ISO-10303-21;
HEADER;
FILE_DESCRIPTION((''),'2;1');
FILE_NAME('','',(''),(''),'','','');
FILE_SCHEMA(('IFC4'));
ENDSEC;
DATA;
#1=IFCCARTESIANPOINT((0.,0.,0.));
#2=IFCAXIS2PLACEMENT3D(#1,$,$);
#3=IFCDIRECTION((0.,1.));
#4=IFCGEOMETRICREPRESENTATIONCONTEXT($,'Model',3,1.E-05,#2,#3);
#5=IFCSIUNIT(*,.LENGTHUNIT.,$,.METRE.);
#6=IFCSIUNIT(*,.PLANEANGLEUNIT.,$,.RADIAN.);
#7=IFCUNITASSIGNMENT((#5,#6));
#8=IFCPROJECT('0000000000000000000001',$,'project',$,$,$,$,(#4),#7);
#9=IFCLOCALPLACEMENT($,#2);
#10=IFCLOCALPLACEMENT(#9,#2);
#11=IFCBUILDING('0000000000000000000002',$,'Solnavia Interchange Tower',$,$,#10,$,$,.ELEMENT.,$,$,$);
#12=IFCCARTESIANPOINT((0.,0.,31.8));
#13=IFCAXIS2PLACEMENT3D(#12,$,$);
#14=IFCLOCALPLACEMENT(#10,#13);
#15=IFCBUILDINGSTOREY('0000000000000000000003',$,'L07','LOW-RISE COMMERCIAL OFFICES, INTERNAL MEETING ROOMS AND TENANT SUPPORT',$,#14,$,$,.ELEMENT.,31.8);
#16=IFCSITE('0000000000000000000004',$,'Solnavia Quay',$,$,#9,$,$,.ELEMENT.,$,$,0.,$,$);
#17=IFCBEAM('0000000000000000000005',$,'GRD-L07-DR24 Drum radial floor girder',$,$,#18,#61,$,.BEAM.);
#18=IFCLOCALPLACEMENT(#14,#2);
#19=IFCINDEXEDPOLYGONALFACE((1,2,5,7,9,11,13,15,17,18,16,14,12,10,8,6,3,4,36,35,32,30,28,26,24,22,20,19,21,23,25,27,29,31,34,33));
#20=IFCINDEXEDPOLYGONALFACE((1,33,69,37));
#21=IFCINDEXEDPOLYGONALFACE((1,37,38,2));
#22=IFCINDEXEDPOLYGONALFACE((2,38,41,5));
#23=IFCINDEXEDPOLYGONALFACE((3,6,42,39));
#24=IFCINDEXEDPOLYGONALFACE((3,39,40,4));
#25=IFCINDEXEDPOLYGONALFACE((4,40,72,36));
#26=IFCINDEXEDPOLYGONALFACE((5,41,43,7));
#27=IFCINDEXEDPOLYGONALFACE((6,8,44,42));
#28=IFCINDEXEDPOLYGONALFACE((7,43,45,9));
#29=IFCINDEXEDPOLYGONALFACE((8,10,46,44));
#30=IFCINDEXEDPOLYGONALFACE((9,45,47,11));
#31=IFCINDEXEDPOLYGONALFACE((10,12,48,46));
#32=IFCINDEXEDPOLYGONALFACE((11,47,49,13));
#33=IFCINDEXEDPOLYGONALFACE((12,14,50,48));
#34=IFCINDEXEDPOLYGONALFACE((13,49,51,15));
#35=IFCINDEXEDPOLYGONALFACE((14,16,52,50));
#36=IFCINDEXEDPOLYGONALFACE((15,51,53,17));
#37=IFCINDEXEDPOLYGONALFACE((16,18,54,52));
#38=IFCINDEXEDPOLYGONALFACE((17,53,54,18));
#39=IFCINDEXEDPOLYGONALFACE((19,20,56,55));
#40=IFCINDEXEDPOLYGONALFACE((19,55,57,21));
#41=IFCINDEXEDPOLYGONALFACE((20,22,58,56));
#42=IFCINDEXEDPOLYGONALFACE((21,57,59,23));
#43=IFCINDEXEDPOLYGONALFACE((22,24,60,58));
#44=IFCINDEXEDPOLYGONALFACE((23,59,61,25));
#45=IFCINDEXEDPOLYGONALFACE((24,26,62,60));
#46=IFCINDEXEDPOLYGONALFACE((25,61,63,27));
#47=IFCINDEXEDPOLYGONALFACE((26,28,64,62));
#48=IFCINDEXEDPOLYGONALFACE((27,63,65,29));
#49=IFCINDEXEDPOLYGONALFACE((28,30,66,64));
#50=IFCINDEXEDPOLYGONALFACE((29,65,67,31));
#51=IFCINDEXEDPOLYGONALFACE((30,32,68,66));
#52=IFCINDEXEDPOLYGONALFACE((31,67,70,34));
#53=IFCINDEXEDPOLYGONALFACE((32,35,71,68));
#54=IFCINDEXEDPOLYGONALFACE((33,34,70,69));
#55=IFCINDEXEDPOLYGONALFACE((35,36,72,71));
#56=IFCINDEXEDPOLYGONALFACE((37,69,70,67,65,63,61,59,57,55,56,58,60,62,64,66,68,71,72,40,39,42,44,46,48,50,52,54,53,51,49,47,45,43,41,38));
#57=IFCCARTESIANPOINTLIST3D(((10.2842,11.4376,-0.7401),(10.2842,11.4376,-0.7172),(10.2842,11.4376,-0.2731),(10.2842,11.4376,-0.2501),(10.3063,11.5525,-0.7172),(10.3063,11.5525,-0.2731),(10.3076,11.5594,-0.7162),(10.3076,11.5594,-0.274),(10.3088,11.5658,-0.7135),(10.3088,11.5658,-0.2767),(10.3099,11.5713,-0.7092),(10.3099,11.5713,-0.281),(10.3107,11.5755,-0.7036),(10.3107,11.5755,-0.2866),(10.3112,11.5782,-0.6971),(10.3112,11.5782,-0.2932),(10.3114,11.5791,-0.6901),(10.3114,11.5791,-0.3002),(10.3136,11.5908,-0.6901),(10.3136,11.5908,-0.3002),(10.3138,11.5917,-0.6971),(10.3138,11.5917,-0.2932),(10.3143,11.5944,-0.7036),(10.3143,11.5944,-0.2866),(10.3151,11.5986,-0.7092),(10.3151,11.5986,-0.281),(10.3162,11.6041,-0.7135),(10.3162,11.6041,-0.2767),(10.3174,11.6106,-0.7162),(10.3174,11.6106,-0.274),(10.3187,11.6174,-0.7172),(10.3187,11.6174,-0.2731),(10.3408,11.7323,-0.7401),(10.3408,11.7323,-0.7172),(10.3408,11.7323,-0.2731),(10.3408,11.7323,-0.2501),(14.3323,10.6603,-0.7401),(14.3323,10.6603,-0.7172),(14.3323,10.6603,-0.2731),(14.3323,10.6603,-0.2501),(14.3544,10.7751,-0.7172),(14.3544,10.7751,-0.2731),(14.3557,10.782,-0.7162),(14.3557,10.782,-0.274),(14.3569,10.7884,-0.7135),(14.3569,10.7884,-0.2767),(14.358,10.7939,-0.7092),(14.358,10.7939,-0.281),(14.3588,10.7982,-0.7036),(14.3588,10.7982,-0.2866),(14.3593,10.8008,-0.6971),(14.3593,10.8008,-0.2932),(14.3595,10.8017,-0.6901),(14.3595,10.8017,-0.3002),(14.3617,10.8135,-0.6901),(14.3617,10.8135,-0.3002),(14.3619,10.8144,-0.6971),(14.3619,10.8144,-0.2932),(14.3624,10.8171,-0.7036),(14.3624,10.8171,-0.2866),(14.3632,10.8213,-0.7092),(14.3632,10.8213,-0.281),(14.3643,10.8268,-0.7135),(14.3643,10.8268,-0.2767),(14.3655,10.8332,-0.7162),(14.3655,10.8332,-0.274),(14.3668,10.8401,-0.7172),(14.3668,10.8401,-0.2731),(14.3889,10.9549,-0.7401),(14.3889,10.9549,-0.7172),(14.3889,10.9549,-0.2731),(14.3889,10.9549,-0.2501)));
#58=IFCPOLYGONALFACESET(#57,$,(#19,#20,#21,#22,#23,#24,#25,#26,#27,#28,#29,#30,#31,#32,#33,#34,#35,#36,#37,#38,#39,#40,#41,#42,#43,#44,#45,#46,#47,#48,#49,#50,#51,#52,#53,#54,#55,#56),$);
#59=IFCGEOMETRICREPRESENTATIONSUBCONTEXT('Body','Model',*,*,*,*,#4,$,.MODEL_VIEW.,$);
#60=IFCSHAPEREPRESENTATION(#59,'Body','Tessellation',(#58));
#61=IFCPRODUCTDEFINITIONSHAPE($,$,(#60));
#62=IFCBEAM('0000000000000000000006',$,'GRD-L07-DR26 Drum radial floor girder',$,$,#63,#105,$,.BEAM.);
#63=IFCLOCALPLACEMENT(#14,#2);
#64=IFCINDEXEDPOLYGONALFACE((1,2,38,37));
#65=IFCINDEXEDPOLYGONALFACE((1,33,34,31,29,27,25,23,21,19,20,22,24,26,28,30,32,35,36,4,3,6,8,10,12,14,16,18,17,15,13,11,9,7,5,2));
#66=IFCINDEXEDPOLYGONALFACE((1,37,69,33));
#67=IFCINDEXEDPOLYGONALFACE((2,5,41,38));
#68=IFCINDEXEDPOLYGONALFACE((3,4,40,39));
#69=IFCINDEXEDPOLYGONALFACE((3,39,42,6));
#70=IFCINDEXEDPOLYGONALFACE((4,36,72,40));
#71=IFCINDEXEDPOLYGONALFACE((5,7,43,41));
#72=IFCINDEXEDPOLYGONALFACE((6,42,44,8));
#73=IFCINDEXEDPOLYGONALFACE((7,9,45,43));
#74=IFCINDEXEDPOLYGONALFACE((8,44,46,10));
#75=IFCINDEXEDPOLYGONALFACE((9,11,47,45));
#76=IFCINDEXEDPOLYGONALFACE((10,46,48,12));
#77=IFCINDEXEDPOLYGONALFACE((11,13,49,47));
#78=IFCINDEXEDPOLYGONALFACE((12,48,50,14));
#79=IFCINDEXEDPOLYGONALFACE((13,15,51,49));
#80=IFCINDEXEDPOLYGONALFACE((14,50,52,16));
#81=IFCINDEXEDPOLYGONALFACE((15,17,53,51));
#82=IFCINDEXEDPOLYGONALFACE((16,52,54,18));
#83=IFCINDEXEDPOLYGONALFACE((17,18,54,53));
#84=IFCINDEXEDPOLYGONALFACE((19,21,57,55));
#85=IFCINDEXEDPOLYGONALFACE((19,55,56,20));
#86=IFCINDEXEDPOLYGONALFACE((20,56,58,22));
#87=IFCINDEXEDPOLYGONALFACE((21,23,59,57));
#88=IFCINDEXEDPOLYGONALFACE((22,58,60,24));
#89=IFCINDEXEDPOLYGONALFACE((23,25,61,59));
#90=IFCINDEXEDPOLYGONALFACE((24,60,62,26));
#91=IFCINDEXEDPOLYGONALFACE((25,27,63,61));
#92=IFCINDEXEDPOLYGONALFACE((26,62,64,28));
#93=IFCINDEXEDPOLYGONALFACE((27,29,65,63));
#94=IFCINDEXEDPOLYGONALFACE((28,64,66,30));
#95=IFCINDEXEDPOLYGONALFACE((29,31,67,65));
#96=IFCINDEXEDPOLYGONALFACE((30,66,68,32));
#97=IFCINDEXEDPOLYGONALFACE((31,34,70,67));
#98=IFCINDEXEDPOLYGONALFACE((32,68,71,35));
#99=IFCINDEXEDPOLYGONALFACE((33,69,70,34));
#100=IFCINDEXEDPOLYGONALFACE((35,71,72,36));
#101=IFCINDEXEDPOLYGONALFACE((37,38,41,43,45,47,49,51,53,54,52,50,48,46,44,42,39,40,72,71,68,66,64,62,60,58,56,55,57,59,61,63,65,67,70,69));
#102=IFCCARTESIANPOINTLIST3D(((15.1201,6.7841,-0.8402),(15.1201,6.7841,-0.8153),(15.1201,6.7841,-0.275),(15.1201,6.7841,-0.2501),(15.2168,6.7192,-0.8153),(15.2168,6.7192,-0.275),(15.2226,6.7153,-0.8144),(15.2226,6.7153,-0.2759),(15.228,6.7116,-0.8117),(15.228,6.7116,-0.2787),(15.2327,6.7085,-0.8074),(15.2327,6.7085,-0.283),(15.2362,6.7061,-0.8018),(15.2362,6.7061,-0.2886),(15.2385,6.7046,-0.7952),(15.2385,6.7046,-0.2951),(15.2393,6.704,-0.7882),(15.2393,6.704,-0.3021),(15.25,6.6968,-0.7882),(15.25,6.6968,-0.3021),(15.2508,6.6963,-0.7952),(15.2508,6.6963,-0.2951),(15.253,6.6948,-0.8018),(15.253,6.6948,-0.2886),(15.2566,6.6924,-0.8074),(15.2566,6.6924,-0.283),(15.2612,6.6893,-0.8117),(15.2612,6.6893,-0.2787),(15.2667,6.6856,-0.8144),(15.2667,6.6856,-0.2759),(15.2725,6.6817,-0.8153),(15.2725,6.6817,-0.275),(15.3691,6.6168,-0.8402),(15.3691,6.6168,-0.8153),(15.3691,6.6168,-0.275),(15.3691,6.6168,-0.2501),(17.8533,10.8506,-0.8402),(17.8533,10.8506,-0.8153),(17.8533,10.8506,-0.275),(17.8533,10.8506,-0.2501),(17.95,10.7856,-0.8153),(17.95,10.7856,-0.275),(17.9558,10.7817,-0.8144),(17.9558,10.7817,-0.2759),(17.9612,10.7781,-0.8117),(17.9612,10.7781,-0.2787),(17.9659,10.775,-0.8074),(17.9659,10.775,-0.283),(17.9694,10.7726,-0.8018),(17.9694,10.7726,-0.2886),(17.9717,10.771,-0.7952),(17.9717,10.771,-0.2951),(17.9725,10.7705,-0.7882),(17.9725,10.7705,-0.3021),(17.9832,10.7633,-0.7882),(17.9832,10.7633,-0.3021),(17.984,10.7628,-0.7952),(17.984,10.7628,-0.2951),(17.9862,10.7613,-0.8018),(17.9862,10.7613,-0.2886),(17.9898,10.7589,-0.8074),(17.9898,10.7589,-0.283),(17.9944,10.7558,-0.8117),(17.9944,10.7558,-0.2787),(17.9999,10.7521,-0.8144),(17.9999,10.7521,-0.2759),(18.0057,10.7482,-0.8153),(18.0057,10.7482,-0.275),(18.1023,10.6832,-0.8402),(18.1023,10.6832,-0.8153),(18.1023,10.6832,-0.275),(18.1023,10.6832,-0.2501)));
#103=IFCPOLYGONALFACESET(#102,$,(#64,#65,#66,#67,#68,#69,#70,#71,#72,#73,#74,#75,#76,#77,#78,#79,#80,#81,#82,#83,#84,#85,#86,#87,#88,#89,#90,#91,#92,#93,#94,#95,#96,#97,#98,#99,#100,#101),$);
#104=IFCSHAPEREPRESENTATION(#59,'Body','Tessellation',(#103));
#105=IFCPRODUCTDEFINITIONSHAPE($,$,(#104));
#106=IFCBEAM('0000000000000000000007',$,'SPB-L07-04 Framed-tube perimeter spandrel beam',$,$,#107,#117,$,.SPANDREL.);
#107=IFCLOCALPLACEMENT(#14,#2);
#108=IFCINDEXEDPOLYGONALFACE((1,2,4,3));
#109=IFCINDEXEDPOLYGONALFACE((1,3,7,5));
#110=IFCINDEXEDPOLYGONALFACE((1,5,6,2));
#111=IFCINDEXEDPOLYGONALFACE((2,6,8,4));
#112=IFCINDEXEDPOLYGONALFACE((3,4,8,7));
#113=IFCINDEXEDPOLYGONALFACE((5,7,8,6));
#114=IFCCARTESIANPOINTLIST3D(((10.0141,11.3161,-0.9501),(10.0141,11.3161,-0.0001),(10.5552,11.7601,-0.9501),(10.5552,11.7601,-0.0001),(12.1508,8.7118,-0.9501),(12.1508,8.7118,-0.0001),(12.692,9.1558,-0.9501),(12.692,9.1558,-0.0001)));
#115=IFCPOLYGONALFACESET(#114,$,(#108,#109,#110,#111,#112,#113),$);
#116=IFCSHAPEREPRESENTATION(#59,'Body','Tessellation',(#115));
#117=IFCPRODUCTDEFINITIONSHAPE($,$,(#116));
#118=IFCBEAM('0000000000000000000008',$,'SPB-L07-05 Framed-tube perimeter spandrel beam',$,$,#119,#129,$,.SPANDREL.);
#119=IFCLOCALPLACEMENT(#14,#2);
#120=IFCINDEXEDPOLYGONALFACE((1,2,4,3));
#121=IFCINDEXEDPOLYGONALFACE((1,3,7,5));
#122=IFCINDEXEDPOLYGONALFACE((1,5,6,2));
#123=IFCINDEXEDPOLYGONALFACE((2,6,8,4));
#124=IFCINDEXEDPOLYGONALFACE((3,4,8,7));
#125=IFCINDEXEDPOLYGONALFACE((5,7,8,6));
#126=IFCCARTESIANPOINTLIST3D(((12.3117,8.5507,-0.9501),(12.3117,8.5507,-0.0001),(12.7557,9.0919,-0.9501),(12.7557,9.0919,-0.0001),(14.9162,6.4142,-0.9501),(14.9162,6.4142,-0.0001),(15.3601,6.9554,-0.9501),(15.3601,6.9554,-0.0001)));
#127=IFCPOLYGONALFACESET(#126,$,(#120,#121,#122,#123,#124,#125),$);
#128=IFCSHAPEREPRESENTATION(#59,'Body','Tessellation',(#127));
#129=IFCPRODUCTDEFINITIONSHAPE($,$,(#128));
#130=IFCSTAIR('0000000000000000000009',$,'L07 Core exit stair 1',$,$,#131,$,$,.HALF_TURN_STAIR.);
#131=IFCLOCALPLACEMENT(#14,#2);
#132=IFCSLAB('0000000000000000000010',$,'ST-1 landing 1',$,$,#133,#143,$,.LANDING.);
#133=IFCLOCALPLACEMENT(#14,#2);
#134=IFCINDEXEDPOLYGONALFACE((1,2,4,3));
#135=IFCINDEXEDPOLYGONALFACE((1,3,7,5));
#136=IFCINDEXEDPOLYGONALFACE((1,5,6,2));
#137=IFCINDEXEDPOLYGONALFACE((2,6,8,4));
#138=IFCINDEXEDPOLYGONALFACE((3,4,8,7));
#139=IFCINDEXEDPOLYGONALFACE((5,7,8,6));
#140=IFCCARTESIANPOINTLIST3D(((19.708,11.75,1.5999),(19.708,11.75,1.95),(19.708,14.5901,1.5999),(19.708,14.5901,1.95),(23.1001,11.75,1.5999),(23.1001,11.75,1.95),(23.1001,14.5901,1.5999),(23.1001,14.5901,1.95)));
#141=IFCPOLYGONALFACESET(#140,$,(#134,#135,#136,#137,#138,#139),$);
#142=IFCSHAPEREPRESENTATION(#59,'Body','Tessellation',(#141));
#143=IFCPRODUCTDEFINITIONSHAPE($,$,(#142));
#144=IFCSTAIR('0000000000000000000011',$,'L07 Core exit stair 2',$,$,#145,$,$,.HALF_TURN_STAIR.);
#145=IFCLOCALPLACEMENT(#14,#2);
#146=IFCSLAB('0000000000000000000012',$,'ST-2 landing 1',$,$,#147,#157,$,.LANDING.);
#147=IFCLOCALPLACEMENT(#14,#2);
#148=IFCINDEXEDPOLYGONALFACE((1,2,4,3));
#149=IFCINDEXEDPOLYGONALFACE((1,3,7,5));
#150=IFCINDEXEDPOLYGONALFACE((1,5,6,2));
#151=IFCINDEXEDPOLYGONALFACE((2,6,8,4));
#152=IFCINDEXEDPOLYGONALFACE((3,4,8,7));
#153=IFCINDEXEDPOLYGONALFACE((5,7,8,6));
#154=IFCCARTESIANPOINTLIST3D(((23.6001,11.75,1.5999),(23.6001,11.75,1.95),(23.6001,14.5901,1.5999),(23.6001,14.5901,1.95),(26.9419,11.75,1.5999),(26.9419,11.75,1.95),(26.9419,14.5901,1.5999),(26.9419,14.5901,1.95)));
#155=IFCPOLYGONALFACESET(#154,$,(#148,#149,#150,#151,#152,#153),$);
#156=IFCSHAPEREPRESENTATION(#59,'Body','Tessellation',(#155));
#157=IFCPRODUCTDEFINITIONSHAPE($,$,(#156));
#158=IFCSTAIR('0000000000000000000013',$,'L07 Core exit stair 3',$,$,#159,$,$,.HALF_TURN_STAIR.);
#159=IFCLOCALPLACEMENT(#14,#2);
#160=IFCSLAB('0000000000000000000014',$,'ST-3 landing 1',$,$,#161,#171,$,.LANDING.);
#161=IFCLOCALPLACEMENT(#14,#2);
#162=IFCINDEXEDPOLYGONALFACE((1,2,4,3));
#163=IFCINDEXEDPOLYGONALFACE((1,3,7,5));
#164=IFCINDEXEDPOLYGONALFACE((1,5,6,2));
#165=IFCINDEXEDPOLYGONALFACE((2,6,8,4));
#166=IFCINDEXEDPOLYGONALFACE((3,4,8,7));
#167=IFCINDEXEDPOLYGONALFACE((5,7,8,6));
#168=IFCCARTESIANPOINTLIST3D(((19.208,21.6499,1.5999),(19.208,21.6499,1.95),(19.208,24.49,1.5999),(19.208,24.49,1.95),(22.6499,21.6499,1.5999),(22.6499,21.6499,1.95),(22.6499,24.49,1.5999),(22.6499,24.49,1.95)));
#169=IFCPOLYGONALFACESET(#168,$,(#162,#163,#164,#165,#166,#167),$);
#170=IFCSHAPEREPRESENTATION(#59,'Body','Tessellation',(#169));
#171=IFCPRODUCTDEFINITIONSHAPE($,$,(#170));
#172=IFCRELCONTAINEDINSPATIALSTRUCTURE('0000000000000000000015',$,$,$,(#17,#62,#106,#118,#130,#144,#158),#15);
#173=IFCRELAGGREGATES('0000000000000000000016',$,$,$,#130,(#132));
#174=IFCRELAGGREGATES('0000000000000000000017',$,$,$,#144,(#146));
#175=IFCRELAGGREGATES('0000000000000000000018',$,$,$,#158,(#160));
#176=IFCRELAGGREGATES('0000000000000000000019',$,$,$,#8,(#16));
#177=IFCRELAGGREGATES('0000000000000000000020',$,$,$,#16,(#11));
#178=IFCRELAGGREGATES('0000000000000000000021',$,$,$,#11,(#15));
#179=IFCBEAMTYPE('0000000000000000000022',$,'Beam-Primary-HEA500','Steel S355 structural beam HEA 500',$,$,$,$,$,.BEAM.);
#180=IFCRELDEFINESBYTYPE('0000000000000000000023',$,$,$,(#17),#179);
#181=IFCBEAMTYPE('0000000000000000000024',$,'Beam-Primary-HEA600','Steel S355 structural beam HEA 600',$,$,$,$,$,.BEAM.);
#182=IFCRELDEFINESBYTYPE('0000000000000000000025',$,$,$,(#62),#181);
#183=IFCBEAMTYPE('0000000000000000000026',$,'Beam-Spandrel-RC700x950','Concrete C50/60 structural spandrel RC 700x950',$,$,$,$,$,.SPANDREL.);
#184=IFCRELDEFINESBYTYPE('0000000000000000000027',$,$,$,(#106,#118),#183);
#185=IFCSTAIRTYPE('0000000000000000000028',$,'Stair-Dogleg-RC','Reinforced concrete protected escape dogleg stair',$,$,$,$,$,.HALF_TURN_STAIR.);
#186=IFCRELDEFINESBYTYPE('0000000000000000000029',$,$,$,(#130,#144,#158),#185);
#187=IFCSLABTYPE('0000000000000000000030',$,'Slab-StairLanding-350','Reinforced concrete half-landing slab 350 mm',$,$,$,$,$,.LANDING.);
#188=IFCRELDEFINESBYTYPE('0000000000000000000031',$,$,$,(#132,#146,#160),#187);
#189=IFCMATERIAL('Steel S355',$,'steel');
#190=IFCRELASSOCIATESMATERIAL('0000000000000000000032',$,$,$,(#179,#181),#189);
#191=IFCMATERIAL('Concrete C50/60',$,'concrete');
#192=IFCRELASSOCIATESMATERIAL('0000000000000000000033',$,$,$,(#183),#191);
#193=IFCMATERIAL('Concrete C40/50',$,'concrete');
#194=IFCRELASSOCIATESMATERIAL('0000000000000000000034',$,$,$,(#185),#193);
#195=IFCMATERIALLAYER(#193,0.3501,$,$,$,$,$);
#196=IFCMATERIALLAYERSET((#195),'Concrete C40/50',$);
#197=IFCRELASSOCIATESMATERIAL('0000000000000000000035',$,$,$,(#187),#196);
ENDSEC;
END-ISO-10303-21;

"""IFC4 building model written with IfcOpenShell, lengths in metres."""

from ifc_helpers import new_model, si_unit, direction, frame, origin, origin_2d, place, context, subcontext, project, spatial, polyline, rectangle, i_section, outline, extrude, material, layer, layer_set, material_profile, profile_set, type_object, element, aggregate, save


model = new_model("IFC4")

# Units and contexts
model_context = context("Model", 3, precision=1e-05, world=origin(), true_north=direction((0.0, 1.0)))
body_context = subcontext(model_context, "Body", "Model", "MODEL_VIEW")
ifc_project = project(units=[si_unit("LENGTHUNIT", "METRE"), si_unit("PLANEANGLEUNIT", "RADIAN")], contexts=[model_context])

# Site, building, storey
site_placement = place(None, origin())
site = spatial("IfcSite", under=ifc_project, at=site_placement, Name="Solnavia Quay", CompositionType="ELEMENT", RefElevation=0.0)
building_placement = place(site_placement, origin())
building = spatial("IfcBuilding", under=site, at=building_placement, Name="Solnavia Interchange Tower", CompositionType="ELEMENT")
storey_placement = place(building_placement, frame((0.0, 0.0, 31.8)))
storey = spatial("IfcBuildingStorey", under=building, at=storey_placement, Name="L07", Description="LOW-RISE COMMERCIAL OFFICES, INTERNAL MEETING ROOMS AND TENANT SUPPORT", CompositionType="ELEMENT", Elevation=31.8)

# Shared definitions
ifc_material_1 = material(Name="Steel S355", Category="steel")

# Beams
ifc_material_profile_1 = material_profile(ifc_material_1, i_section(OverallWidth=0.3, OverallDepth=0.49, WebThickness=0.012, FlangeThickness=0.0229, FilletRadius=0.0271, at=origin_2d()), Name="HEA 500")
ifc_profile_set_1 = profile_set([ifc_material_profile_1], Name="Steel S355")
beam_type_1 = type_object("IfcBeamType", Name="Beam-Primary-HEA500", Description="Steel S355 structural beam HEA 500", PredefinedType="BEAM", material=ifc_profile_set_1)
beam_1_placement = place(storey_placement, frame((10.3125, 11.585, -0.4951), z_axis=(0.982058, -0.188582, 0.0), x_axis=(0.188582, 0.982058, 0.0)))
element("IfcBeam", 1, at=beam_1_placement, inside=storey, type_object=beam_type_1, Name="GRD-L07-DR24 Drum radial floor girder", PredefinedType="BEAM", context=body_context, shape_type="SweptSolid", body=[
    extrude(i_section(OverallWidth=0.3, OverallDepth=0.49, WebThickness=0.012, FlangeThickness=0.0229, FilletRadius=0.0271, at=origin_2d()), origin(), (0.0, 0.0, 1.0), 4.1221),
])
ifc_material_profile_2 = material_profile(ifc_material_1, i_section(OverallWidth=0.3, OverallDepth=0.5901, WebThickness=0.0129, FlangeThickness=0.0249, FilletRadius=0.0271, at=origin_2d()), Name="HEA 600")
ifc_profile_set_2 = profile_set([ifc_material_profile_2], Name="Steel S355")
beam_type_2 = type_object("IfcBeamType", Name="Beam-Primary-HEA600", Description="Steel S355 structural beam HEA 600", PredefinedType="BEAM", material=ifc_profile_set_2)
beam_2_placement = place(storey_placement, frame((15.2446, 6.7004, -0.5452), z_axis=(0.557835, 0.829952, 0.0), x_axis=(-0.829952, 0.557835, 0.0)))
element("IfcBeam", 2, at=beam_2_placement, inside=storey, type_object=beam_type_2, Name="GRD-L07-DR26 Drum radial floor girder", PredefinedType="BEAM", context=body_context, shape_type="SweptSolid", body=[
    extrude(i_section(OverallWidth=0.3, OverallDepth=0.5901, WebThickness=0.0129, FlangeThickness=0.0249, FilletRadius=0.0271, at=origin_2d()), origin(), (0.0, 0.0, 1.0), 4.8997),
])
ifc_material_2 = material(Name="Concrete C50/60", Category="concrete")
ifc_material_profile_3 = material_profile(ifc_material_2, rectangle(XDim=0.7, YDim=0.95, at=origin_2d()), Name="RC 700x950")
ifc_profile_set_3 = profile_set([ifc_material_profile_3], Name="Concrete C50/60")
beam_type_3 = type_object("IfcBeamType", Name="Beam-Spandrel-RC700x950", Description="Concrete C50/60 structural spandrel RC 700x950", PredefinedType="SPANDREL", material=ifc_profile_set_3)
for number, where, z_axis, x_axis, name in (
    (3, (10.2847, 11.5381, -0.4751), (0.634299, -0.773088, 0.0), (0.773088, 0.634299, 0.0), "SPB-L07-04 Framed-tube perimeter spandrel beam"),
    (4, (12.5337, 8.8213, -0.4751), (0.773153, -0.63422, 0.0), (0.63422, 0.773153, 0.0), "SPB-L07-05 Framed-tube perimeter spandrel beam"),
):
    element("IfcBeam", number, at=place(storey_placement, frame(where, z_axis=z_axis, x_axis=x_axis)), inside=storey, type_object=beam_type_3, Name=name, PredefinedType="SPANDREL", context=body_context, shape_type="SweptSolid", body=[
        extrude(rectangle(XDim=0.7, YDim=0.95, at=origin_2d()), origin(), (0.0, 0.0, 1.0), 3.3687),
    ])

# Stairs, slabs
ifc_material_3 = material(Name="Concrete C40/50", Category="concrete")
stair_type = type_object("IfcStairType", Name="Stair-Dogleg-RC", Description="Reinforced concrete protected escape dogleg stair", PredefinedType="HALF_TURN_STAIR", material=ifc_material_3)
stair_1_placement = place(storey_placement, origin())
stair_1 = element("IfcStair", 5, at=stair_1_placement, inside=storey, type_object=stair_type, Name="L07 Core exit stair 1", PredefinedType="HALF_TURN_STAIR")
ifc_layer_1 = layer(ifc_material_3, 0.3501)
ifc_layer_set_1 = layer_set([ifc_layer_1], Name="Concrete C40/50")
slab_type_1 = type_object("IfcSlabType", Name="Slab-StairLanding-350", Description="Reinforced concrete half-landing slab 350 mm", PredefinedType="LANDING", material=ifc_layer_set_1)
slab_1_placement = place(storey_placement, frame((0.0, 0.0, 1.5999)))
slab_1 = element("IfcSlab", 6, at=slab_1_placement, type_object=slab_type_1, Name="ST-1 landing 1", PredefinedType="LANDING", context=body_context, shape_type="SweptSolid", body=[
    extrude(outline(polyline([(19.708, 11.75), (23.1001, 11.75), (23.1001, 14.5901), (19.708, 14.5901), (19.708, 11.75)])), origin(), (0.0, 0.0, 1.0), 0.3501),
])
aggregate(stair_1, [slab_1])
stair_2_placement = place(storey_placement, origin())
stair_2 = element("IfcStair", 7, at=stair_2_placement, inside=storey, type_object=stair_type, Name="L07 Core exit stair 2", PredefinedType="HALF_TURN_STAIR")
slab_2_placement = place(storey_placement, frame((0.0, 0.0, 1.5999)))
slab_2 = element("IfcSlab", 8, at=slab_2_placement, type_object=slab_type_1, Name="ST-2 landing 1", PredefinedType="LANDING", context=body_context, shape_type="SweptSolid", body=[
    extrude(outline(polyline([(23.6001, 11.75), (26.9419, 11.75), (26.9419, 14.5901), (23.6001, 14.5901), (23.6001, 11.75)])), origin(), (0.0, 0.0, 1.0), 0.3501),
])
aggregate(stair_2, [slab_2])
stair_3_placement = place(storey_placement, origin())
stair_3 = element("IfcStair", 9, at=stair_3_placement, inside=storey, type_object=stair_type, Name="L07 Core exit stair 3", PredefinedType="HALF_TURN_STAIR")
slab_3_placement = place(storey_placement, frame((0.0, 0.0, 1.5999)))
slab_3 = element("IfcSlab", 10, at=slab_3_placement, type_object=slab_type_1, Name="ST-3 landing 1", PredefinedType="LANDING", context=body_context, shape_type="SweptSolid", body=[
    extrude(outline(polyline([(19.208, 21.6499), (22.6499, 21.6499), (22.6499, 24.49), (19.208, 24.49), (19.208, 21.6499)])), origin(), (0.0, 0.0, 1.0), 0.3501),
])
aggregate(stair_3, [slab_3])

save(model, "model.ifc")
